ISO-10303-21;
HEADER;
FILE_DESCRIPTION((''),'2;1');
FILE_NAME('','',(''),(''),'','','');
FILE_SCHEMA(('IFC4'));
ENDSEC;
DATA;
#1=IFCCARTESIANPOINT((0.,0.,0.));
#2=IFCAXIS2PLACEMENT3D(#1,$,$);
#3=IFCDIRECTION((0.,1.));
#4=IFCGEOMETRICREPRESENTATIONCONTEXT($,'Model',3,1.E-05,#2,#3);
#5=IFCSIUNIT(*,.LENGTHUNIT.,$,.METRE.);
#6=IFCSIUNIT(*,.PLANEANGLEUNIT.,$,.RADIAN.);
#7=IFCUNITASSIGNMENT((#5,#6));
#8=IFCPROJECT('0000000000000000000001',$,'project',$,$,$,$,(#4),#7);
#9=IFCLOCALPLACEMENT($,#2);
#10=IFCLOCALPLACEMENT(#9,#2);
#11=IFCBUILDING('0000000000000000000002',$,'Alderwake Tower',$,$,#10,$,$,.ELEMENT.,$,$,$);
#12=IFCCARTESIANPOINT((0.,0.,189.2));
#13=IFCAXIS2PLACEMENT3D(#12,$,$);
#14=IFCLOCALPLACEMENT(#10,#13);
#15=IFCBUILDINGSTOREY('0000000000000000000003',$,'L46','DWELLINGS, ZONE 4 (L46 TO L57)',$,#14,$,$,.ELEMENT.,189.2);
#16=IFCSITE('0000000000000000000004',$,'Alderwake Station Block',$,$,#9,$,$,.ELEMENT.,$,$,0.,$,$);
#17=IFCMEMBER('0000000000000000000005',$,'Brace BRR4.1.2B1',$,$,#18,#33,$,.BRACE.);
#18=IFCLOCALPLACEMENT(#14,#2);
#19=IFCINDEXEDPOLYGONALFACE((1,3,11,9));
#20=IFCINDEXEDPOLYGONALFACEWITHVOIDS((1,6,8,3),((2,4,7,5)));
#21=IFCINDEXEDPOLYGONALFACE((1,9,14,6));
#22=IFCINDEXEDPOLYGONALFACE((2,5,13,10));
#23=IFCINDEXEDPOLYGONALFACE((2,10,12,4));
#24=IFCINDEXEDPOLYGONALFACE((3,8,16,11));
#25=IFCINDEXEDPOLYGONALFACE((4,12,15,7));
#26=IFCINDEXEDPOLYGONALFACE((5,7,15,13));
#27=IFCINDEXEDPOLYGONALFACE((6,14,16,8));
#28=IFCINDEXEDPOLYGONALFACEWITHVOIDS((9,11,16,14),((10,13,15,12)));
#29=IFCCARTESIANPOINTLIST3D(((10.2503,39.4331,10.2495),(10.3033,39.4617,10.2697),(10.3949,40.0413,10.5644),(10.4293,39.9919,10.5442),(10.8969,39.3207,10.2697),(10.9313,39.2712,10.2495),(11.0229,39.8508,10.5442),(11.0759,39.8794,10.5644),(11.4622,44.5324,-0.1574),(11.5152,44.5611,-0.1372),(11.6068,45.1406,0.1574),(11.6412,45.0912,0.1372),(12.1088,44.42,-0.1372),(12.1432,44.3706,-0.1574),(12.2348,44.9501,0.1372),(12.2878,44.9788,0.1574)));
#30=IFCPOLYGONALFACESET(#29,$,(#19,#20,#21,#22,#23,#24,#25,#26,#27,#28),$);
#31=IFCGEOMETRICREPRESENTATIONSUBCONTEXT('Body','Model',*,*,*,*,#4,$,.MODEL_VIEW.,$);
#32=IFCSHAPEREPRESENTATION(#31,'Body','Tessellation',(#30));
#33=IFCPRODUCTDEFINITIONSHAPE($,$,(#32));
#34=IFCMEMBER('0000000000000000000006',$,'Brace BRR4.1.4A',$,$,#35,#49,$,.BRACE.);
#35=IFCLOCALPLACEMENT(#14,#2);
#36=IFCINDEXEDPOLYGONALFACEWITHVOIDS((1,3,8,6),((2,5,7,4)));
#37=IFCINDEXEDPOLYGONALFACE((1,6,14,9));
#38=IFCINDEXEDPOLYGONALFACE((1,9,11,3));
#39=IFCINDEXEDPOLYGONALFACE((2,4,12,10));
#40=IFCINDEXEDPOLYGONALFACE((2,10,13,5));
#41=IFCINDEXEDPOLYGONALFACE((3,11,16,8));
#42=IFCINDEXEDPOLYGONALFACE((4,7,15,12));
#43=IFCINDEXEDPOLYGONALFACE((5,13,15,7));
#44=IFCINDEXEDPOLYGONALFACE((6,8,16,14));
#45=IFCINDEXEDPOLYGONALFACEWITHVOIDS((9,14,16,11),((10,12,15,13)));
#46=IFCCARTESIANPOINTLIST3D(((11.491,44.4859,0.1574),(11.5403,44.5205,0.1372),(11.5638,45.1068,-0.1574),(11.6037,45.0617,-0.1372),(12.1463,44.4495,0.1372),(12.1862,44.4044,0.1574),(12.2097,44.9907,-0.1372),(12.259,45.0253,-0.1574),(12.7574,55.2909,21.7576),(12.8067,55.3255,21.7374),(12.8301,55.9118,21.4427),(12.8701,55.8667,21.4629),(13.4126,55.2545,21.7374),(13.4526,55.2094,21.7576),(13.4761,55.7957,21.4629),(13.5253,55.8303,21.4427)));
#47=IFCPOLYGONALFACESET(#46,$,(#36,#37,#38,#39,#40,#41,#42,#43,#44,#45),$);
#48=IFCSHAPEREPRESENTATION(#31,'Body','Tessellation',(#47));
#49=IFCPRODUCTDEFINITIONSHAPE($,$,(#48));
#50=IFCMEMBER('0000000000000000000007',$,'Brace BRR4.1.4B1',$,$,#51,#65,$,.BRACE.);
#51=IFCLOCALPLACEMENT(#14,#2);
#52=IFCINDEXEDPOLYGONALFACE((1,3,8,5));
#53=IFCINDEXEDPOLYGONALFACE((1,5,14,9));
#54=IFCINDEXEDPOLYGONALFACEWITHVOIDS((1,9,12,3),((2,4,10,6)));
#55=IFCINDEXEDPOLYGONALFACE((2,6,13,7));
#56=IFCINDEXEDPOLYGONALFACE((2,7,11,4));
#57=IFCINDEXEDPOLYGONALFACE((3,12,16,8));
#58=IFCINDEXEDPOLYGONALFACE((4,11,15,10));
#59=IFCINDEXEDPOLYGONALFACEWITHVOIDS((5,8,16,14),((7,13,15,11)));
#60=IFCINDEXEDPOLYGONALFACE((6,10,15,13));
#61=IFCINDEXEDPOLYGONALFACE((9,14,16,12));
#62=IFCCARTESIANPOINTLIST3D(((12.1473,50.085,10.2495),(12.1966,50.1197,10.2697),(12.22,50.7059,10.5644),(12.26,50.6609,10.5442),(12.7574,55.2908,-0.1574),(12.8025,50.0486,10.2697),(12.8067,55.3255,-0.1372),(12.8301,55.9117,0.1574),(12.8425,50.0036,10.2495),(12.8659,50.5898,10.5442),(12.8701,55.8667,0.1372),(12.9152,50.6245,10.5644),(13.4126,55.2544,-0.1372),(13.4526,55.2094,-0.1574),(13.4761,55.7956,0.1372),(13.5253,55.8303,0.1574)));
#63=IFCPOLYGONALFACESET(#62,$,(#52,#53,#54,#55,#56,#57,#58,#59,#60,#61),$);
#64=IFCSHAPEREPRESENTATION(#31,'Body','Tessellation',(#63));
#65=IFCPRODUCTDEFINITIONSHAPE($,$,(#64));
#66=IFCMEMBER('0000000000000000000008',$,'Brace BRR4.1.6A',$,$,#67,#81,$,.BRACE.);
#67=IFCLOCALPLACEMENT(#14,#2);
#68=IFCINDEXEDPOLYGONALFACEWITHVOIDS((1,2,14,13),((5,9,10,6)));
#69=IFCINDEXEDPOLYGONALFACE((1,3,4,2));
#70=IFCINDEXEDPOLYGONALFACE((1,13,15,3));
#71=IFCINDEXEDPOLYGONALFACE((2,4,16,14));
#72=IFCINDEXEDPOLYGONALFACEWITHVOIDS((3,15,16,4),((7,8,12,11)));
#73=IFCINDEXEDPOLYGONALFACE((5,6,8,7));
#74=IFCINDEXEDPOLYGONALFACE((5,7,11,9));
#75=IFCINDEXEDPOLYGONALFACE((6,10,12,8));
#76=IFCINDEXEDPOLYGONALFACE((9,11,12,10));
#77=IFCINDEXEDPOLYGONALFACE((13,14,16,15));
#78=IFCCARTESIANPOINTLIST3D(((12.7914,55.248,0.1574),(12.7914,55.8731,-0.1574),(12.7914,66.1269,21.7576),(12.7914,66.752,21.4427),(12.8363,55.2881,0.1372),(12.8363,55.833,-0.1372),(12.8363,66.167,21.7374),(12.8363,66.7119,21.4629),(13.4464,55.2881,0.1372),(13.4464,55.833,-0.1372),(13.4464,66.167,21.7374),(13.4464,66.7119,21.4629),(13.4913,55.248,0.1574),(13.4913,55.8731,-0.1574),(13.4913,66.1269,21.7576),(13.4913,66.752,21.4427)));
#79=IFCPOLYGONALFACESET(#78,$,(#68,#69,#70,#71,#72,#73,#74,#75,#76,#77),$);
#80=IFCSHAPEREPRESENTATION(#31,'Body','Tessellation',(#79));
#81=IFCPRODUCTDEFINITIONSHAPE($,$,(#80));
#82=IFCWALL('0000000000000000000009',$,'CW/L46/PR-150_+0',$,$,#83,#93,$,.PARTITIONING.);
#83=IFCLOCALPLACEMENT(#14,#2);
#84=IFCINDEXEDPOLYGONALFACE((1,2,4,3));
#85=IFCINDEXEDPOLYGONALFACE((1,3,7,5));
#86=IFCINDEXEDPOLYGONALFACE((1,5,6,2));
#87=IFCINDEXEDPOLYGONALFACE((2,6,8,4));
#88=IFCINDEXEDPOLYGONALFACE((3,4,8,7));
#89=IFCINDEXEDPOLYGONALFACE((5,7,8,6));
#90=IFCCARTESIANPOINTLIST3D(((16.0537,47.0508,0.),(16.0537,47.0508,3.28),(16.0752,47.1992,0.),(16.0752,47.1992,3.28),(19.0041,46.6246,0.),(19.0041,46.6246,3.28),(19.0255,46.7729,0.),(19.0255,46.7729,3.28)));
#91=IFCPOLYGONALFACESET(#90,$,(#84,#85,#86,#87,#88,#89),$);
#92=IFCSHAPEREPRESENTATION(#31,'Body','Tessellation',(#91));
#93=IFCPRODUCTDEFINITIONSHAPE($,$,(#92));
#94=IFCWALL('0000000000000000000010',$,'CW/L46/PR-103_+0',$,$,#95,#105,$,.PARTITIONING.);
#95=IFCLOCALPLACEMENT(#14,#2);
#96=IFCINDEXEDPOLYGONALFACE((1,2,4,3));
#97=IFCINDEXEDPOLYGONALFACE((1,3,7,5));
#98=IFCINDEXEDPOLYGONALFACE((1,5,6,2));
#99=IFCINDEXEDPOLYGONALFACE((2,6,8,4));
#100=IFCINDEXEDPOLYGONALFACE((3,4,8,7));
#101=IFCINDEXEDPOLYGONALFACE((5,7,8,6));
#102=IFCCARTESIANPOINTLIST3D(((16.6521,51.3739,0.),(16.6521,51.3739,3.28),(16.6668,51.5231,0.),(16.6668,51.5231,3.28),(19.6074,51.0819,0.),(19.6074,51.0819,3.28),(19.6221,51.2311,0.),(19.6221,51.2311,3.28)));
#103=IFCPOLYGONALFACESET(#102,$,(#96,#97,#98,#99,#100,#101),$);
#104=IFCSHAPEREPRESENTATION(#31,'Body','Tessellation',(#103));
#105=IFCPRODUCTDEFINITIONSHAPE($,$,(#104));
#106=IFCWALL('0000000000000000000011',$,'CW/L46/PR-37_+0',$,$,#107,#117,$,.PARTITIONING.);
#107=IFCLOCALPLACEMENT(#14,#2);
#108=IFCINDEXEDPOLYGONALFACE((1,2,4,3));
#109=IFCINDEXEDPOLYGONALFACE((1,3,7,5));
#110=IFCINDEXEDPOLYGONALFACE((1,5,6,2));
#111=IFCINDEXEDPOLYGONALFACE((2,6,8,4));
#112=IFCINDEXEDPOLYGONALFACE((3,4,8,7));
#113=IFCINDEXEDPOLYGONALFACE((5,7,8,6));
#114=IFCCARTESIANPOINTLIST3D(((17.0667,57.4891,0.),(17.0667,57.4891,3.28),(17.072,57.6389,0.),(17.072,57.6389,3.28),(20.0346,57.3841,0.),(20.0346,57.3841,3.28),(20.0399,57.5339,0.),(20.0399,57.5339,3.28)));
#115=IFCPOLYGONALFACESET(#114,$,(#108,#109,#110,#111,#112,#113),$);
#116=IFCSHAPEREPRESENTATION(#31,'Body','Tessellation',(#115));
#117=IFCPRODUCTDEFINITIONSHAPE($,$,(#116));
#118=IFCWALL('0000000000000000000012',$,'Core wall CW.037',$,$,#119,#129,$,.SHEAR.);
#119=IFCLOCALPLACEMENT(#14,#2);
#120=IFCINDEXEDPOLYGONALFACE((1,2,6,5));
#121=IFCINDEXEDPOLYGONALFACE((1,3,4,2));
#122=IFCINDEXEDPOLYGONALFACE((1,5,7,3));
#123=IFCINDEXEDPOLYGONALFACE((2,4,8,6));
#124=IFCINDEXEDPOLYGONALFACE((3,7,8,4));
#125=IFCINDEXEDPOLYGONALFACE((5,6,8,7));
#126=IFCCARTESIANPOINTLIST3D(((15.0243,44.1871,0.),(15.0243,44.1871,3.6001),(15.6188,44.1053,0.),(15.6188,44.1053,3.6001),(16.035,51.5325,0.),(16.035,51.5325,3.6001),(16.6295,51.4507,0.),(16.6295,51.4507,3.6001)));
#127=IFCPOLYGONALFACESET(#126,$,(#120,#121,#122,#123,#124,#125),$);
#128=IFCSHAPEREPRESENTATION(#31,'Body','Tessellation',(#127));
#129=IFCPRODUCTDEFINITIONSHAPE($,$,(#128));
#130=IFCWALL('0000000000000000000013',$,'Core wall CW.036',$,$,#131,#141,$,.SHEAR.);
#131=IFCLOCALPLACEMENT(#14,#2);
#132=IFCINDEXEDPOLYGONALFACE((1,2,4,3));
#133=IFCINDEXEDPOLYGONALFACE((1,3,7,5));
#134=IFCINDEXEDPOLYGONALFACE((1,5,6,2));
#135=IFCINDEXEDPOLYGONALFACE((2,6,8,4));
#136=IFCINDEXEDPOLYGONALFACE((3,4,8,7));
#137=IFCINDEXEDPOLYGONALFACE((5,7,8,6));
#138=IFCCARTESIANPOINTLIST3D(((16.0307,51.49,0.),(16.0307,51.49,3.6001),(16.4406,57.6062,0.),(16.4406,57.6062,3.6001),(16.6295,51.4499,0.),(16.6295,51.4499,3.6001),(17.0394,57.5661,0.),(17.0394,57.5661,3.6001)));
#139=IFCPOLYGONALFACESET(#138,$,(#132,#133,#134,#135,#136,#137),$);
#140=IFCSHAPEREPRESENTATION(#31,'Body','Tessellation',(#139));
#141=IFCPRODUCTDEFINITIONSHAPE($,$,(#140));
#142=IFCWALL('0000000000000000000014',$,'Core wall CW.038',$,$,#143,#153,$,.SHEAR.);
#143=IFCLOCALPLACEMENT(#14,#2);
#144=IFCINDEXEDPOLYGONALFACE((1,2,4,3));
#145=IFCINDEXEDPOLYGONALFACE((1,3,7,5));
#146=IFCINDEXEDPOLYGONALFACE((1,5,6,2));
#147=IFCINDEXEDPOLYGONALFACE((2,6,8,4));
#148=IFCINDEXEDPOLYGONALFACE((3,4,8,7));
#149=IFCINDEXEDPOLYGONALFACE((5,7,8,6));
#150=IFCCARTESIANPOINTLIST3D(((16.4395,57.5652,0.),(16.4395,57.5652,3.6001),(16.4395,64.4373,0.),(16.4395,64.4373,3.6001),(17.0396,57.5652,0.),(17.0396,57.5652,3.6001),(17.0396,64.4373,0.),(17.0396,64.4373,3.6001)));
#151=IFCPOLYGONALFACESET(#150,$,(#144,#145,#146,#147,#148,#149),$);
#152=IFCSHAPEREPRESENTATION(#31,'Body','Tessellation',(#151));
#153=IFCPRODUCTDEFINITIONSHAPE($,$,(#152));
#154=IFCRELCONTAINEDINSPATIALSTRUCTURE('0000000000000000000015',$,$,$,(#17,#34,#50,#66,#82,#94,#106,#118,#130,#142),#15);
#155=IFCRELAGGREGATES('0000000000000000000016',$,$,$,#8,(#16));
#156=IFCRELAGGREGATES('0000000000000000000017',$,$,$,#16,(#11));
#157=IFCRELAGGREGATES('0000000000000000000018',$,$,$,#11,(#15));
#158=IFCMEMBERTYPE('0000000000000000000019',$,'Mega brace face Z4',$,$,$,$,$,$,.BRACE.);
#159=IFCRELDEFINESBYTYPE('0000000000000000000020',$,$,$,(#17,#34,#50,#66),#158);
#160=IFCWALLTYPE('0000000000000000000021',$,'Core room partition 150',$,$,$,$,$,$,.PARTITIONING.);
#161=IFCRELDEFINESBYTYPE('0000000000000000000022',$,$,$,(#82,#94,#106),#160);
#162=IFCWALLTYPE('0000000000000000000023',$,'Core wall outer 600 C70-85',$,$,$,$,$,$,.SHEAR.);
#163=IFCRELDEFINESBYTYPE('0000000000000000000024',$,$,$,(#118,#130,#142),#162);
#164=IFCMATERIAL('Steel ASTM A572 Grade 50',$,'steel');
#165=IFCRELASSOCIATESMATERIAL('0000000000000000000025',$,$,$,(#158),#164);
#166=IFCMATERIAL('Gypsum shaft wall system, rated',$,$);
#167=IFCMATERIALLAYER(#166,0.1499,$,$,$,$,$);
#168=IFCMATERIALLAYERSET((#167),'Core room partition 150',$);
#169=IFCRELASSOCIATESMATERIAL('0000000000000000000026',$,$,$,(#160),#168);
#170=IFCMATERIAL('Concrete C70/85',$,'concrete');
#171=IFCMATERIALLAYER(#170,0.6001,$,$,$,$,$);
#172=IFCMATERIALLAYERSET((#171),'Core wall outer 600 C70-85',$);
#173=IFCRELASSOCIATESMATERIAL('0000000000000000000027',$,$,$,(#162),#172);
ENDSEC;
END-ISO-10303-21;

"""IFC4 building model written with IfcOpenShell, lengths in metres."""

from ifc_helpers import new_model, si_unit, direction, frame, frame_2d, origin, origin_2d, place, context, subcontext, project, spatial, rectangle, hollow_rectangle, extrude, material, layer, layer_set, material_profile, profile_set, type_object, element, save


model = new_model("IFC4")

# Units and contexts
model_context = context("Model", 3, precision=1e-05, world=origin(), true_north=direction((0.0, 1.0)))
body_context = subcontext(model_context, "Body", "Model", "MODEL_VIEW")
ifc_project = project(units=[si_unit("LENGTHUNIT", "METRE"), si_unit("PLANEANGLEUNIT", "RADIAN")], contexts=[model_context])

# Site, building, storey
site_placement = place(None, origin())
site = spatial("IfcSite", under=ifc_project, at=site_placement, Name="Alderwake Station Block", CompositionType="ELEMENT", RefElevation=0.0)
building_placement = place(site_placement, origin())
building = spatial("IfcBuilding", under=site, at=building_placement, Name="Alderwake Tower", CompositionType="ELEMENT")
storey_placement = place(building_placement, frame((0.0, 0.0, 189.2)))
storey = spatial("IfcBuildingStorey", under=building, at=storey_placement, Name="L46", Description="DWELLINGS, ZONE 4 (L46 TO L57)", CompositionType="ELEMENT", Elevation=189.2)

# Members
ifc_material_1 = material(Name="Steel ASTM A572 Grade 50", Category="steel")
ifc_material_profile_1 = material_profile(ifc_material_1, hollow_rectangle(XDim=0.7, YDim=0.7, WallThickness=0.0449, at=origin_2d()), Name="BOX 700X700X45")
ifc_profile_set_1 = profile_set([ifc_material_profile_1], Name="Steel ASTM A572 Grade 50")
member_type = type_object("IfcMemberType", Name="Mega brace face Z4", PredefinedType="BRACE", material=ifc_profile_set_1)
member_1_placement = place(storey_placement, frame((11.875, 44.7556, 0.0), z_axis=(-0.104006, -0.437625, 0.893122), x_axis=(0.972902, -0.23122, 0.0)))
element("IfcMember", 1, at=member_1_placement, inside=storey, type_object=member_type, Name="Brace BRR4.1.2B1", PredefinedType="BRACE", context=body_context, shape_type="SweptSolid", body=[
    extrude(hollow_rectangle(XDim=0.7, YDim=0.7, WallThickness=0.0449, at=origin_2d()), origin(), (0.0, 0.0, 1.0), 11.6523),
])
member_2_placement = place(storey_placement, frame((11.875, 44.7556, 0.0), z_axis=(0.052361, 0.446762, 0.893119), x_axis=(-0.993202, 0.116405, 0.0)))
element("IfcMember", 2, at=member_2_placement, inside=storey, type_object=member_type, Name="Brace BRR4.1.4A", PredefinedType="BRACE", context=body_context, shape_type="SweptSolid", body=[
    extrude(hollow_rectangle(XDim=0.7, YDim=0.7, WallThickness=0.0449, at=origin_2d()), origin(), (0.0, 0.0, 1.0), 24.1851),
])
member_3_placement = place(storey_placement, frame((13.1414, 55.5605, 0.0), z_axis=(-0.052359, -0.446759, 0.893121), x_axis=(0.993202, -0.116401, 0.0)))
element("IfcMember", 3, at=member_3_placement, inside=storey, type_object=member_type, Name="Brace BRR4.1.4B1", PredefinedType="BRACE", context=body_context, shape_type="SweptSolid", body=[
    extrude(hollow_rectangle(XDim=0.7, YDim=0.7, WallThickness=0.0449, at=origin_2d()), origin(), (0.0, 0.0, 1.0), 11.6523),
])
member_4_placement = place(storey_placement, frame((13.1414, 55.5605, 0.0), z_axis=(0.0, 0.44982, 0.893119), x_axis=(-1.0, 0.0, 0.0)))
element("IfcMember", 4, at=member_4_placement, inside=storey, type_object=member_type, Name="Brace BRR4.1.6A", PredefinedType="BRACE", context=body_context, shape_type="SweptSolid", body=[
    extrude(hollow_rectangle(XDim=0.7, YDim=0.7, WallThickness=0.0449, at=origin_2d()), origin(), (0.0, 0.0, 1.0), 24.1851),
])

# Walls
ifc_material_2 = material(Name="Gypsum shaft wall system, rated")
ifc_layer_1 = layer(ifc_material_2, 0.1499)
ifc_layer_set_1 = layer_set([ifc_layer_1], Name="Core room partition 150")
wall_type_1 = type_object("IfcWallType", Name="Core room partition 150", PredefinedType="PARTITIONING", material=ifc_layer_set_1)
wall_1_placement = place(storey_placement, frame((16.0645, 47.125, 0.0), z_axis=(0.0, 0.0, 1.0), x_axis=(0.989724, -0.142992, 0.0)))
element("IfcWall", 5, at=wall_1_placement, inside=storey, type_object=wall_type_1, Name="CW/L46/PR-150_+0", PredefinedType="PARTITIONING", context=body_context, shape_type="SweptSolid", body=[
    extrude(rectangle(XDim=2.981, YDim=0.1499, at=frame_2d((1.4905, 0.0))), origin(), (0.0, 0.0, 1.0), 3.28),
])
for number, where, z_axis, x_axis, name in (
    (6, (16.6594, 51.4485, 0.0), (0.0, 0.0, 1.0), (0.995155, -0.098323, 0.0), "CW/L46/PR-103_+0"),
    (7, (17.0693, 57.564, 0.0), (0.0, 0.0, 1.0), (0.999375, -0.035351, 0.0), "CW/L46/PR-37_+0"),
):
    element("IfcWall", number, at=place(storey_placement, frame(where, z_axis=z_axis, x_axis=x_axis)), inside=storey, type_object=wall_type_1, Name=name, PredefinedType="PARTITIONING", context=body_context, shape_type="SweptSolid", body=[
        extrude(rectangle(XDim=2.9697, YDim=0.1499, at=frame_2d((1.4849, 0.0))), origin(), (0.0, 0.0, 1.0), 3.28),
    ])
ifc_material_3 = material(Name="Concrete C70/85", Category="concrete")
ifc_layer_2 = layer(ifc_material_3, 0.6001)
ifc_layer_set_2 = layer_set([ifc_layer_2], Name="Core wall outer 600 C70-85")
wall_type_2 = type_object("IfcWallType", Name="Core wall outer 600 C70-85", PredefinedType="SHEAR", material=ifc_layer_set_2)
wall_2_placement = place(storey_placement, frame((15.3215, 44.1462, 0.0), z_axis=(0.0, 0.0, 1.0), x_axis=(0.136316, 0.990665, 0.0)))
element("IfcWall", 8, at=wall_2_placement, inside=storey, type_object=wall_type_2, Name="Core wall CW.037", PredefinedType="SHEAR", context=body_context, shape_type="SweptSolid", body=[
    extrude(rectangle(XDim=7.4146, YDim=0.6001, at=frame_2d((3.7073, 0.0))), origin(), (0.0, 0.0, 1.0), 3.6001),
])
wall_3_placement = place(storey_placement, frame((16.3301, 51.47, 0.0), z_axis=(0.0, 0.0, 1.0), x_axis=(0.066871, 0.997762, 0.0)))
element("IfcWall", 9, at=wall_3_placement, inside=storey, type_object=wall_type_2, Name="Core wall CW.036", PredefinedType="SHEAR", context=body_context, shape_type="SweptSolid", body=[
    extrude(rectangle(XDim=6.1299, YDim=0.6001, at=frame_2d((3.0649, 0.0))), origin(), (0.0, 0.0, 1.0), 3.6001),
])
wall_4_placement = place(storey_placement, frame((16.7395, 57.5652, 0.0), z_axis=(0.0, 0.0, 1.0), x_axis=(0.0, 1.0, 0.0)))
element("IfcWall", 10, at=wall_4_placement, inside=storey, type_object=wall_type_2, Name="Core wall CW.038", PredefinedType="SHEAR", context=body_context, shape_type="SweptSolid", body=[
    extrude(rectangle(XDim=6.8721, YDim=0.6001, at=frame_2d((3.436, 0.0))), origin(), (0.0, 0.0, 1.0), 3.6001),
])

save(model, "model.ifc")
